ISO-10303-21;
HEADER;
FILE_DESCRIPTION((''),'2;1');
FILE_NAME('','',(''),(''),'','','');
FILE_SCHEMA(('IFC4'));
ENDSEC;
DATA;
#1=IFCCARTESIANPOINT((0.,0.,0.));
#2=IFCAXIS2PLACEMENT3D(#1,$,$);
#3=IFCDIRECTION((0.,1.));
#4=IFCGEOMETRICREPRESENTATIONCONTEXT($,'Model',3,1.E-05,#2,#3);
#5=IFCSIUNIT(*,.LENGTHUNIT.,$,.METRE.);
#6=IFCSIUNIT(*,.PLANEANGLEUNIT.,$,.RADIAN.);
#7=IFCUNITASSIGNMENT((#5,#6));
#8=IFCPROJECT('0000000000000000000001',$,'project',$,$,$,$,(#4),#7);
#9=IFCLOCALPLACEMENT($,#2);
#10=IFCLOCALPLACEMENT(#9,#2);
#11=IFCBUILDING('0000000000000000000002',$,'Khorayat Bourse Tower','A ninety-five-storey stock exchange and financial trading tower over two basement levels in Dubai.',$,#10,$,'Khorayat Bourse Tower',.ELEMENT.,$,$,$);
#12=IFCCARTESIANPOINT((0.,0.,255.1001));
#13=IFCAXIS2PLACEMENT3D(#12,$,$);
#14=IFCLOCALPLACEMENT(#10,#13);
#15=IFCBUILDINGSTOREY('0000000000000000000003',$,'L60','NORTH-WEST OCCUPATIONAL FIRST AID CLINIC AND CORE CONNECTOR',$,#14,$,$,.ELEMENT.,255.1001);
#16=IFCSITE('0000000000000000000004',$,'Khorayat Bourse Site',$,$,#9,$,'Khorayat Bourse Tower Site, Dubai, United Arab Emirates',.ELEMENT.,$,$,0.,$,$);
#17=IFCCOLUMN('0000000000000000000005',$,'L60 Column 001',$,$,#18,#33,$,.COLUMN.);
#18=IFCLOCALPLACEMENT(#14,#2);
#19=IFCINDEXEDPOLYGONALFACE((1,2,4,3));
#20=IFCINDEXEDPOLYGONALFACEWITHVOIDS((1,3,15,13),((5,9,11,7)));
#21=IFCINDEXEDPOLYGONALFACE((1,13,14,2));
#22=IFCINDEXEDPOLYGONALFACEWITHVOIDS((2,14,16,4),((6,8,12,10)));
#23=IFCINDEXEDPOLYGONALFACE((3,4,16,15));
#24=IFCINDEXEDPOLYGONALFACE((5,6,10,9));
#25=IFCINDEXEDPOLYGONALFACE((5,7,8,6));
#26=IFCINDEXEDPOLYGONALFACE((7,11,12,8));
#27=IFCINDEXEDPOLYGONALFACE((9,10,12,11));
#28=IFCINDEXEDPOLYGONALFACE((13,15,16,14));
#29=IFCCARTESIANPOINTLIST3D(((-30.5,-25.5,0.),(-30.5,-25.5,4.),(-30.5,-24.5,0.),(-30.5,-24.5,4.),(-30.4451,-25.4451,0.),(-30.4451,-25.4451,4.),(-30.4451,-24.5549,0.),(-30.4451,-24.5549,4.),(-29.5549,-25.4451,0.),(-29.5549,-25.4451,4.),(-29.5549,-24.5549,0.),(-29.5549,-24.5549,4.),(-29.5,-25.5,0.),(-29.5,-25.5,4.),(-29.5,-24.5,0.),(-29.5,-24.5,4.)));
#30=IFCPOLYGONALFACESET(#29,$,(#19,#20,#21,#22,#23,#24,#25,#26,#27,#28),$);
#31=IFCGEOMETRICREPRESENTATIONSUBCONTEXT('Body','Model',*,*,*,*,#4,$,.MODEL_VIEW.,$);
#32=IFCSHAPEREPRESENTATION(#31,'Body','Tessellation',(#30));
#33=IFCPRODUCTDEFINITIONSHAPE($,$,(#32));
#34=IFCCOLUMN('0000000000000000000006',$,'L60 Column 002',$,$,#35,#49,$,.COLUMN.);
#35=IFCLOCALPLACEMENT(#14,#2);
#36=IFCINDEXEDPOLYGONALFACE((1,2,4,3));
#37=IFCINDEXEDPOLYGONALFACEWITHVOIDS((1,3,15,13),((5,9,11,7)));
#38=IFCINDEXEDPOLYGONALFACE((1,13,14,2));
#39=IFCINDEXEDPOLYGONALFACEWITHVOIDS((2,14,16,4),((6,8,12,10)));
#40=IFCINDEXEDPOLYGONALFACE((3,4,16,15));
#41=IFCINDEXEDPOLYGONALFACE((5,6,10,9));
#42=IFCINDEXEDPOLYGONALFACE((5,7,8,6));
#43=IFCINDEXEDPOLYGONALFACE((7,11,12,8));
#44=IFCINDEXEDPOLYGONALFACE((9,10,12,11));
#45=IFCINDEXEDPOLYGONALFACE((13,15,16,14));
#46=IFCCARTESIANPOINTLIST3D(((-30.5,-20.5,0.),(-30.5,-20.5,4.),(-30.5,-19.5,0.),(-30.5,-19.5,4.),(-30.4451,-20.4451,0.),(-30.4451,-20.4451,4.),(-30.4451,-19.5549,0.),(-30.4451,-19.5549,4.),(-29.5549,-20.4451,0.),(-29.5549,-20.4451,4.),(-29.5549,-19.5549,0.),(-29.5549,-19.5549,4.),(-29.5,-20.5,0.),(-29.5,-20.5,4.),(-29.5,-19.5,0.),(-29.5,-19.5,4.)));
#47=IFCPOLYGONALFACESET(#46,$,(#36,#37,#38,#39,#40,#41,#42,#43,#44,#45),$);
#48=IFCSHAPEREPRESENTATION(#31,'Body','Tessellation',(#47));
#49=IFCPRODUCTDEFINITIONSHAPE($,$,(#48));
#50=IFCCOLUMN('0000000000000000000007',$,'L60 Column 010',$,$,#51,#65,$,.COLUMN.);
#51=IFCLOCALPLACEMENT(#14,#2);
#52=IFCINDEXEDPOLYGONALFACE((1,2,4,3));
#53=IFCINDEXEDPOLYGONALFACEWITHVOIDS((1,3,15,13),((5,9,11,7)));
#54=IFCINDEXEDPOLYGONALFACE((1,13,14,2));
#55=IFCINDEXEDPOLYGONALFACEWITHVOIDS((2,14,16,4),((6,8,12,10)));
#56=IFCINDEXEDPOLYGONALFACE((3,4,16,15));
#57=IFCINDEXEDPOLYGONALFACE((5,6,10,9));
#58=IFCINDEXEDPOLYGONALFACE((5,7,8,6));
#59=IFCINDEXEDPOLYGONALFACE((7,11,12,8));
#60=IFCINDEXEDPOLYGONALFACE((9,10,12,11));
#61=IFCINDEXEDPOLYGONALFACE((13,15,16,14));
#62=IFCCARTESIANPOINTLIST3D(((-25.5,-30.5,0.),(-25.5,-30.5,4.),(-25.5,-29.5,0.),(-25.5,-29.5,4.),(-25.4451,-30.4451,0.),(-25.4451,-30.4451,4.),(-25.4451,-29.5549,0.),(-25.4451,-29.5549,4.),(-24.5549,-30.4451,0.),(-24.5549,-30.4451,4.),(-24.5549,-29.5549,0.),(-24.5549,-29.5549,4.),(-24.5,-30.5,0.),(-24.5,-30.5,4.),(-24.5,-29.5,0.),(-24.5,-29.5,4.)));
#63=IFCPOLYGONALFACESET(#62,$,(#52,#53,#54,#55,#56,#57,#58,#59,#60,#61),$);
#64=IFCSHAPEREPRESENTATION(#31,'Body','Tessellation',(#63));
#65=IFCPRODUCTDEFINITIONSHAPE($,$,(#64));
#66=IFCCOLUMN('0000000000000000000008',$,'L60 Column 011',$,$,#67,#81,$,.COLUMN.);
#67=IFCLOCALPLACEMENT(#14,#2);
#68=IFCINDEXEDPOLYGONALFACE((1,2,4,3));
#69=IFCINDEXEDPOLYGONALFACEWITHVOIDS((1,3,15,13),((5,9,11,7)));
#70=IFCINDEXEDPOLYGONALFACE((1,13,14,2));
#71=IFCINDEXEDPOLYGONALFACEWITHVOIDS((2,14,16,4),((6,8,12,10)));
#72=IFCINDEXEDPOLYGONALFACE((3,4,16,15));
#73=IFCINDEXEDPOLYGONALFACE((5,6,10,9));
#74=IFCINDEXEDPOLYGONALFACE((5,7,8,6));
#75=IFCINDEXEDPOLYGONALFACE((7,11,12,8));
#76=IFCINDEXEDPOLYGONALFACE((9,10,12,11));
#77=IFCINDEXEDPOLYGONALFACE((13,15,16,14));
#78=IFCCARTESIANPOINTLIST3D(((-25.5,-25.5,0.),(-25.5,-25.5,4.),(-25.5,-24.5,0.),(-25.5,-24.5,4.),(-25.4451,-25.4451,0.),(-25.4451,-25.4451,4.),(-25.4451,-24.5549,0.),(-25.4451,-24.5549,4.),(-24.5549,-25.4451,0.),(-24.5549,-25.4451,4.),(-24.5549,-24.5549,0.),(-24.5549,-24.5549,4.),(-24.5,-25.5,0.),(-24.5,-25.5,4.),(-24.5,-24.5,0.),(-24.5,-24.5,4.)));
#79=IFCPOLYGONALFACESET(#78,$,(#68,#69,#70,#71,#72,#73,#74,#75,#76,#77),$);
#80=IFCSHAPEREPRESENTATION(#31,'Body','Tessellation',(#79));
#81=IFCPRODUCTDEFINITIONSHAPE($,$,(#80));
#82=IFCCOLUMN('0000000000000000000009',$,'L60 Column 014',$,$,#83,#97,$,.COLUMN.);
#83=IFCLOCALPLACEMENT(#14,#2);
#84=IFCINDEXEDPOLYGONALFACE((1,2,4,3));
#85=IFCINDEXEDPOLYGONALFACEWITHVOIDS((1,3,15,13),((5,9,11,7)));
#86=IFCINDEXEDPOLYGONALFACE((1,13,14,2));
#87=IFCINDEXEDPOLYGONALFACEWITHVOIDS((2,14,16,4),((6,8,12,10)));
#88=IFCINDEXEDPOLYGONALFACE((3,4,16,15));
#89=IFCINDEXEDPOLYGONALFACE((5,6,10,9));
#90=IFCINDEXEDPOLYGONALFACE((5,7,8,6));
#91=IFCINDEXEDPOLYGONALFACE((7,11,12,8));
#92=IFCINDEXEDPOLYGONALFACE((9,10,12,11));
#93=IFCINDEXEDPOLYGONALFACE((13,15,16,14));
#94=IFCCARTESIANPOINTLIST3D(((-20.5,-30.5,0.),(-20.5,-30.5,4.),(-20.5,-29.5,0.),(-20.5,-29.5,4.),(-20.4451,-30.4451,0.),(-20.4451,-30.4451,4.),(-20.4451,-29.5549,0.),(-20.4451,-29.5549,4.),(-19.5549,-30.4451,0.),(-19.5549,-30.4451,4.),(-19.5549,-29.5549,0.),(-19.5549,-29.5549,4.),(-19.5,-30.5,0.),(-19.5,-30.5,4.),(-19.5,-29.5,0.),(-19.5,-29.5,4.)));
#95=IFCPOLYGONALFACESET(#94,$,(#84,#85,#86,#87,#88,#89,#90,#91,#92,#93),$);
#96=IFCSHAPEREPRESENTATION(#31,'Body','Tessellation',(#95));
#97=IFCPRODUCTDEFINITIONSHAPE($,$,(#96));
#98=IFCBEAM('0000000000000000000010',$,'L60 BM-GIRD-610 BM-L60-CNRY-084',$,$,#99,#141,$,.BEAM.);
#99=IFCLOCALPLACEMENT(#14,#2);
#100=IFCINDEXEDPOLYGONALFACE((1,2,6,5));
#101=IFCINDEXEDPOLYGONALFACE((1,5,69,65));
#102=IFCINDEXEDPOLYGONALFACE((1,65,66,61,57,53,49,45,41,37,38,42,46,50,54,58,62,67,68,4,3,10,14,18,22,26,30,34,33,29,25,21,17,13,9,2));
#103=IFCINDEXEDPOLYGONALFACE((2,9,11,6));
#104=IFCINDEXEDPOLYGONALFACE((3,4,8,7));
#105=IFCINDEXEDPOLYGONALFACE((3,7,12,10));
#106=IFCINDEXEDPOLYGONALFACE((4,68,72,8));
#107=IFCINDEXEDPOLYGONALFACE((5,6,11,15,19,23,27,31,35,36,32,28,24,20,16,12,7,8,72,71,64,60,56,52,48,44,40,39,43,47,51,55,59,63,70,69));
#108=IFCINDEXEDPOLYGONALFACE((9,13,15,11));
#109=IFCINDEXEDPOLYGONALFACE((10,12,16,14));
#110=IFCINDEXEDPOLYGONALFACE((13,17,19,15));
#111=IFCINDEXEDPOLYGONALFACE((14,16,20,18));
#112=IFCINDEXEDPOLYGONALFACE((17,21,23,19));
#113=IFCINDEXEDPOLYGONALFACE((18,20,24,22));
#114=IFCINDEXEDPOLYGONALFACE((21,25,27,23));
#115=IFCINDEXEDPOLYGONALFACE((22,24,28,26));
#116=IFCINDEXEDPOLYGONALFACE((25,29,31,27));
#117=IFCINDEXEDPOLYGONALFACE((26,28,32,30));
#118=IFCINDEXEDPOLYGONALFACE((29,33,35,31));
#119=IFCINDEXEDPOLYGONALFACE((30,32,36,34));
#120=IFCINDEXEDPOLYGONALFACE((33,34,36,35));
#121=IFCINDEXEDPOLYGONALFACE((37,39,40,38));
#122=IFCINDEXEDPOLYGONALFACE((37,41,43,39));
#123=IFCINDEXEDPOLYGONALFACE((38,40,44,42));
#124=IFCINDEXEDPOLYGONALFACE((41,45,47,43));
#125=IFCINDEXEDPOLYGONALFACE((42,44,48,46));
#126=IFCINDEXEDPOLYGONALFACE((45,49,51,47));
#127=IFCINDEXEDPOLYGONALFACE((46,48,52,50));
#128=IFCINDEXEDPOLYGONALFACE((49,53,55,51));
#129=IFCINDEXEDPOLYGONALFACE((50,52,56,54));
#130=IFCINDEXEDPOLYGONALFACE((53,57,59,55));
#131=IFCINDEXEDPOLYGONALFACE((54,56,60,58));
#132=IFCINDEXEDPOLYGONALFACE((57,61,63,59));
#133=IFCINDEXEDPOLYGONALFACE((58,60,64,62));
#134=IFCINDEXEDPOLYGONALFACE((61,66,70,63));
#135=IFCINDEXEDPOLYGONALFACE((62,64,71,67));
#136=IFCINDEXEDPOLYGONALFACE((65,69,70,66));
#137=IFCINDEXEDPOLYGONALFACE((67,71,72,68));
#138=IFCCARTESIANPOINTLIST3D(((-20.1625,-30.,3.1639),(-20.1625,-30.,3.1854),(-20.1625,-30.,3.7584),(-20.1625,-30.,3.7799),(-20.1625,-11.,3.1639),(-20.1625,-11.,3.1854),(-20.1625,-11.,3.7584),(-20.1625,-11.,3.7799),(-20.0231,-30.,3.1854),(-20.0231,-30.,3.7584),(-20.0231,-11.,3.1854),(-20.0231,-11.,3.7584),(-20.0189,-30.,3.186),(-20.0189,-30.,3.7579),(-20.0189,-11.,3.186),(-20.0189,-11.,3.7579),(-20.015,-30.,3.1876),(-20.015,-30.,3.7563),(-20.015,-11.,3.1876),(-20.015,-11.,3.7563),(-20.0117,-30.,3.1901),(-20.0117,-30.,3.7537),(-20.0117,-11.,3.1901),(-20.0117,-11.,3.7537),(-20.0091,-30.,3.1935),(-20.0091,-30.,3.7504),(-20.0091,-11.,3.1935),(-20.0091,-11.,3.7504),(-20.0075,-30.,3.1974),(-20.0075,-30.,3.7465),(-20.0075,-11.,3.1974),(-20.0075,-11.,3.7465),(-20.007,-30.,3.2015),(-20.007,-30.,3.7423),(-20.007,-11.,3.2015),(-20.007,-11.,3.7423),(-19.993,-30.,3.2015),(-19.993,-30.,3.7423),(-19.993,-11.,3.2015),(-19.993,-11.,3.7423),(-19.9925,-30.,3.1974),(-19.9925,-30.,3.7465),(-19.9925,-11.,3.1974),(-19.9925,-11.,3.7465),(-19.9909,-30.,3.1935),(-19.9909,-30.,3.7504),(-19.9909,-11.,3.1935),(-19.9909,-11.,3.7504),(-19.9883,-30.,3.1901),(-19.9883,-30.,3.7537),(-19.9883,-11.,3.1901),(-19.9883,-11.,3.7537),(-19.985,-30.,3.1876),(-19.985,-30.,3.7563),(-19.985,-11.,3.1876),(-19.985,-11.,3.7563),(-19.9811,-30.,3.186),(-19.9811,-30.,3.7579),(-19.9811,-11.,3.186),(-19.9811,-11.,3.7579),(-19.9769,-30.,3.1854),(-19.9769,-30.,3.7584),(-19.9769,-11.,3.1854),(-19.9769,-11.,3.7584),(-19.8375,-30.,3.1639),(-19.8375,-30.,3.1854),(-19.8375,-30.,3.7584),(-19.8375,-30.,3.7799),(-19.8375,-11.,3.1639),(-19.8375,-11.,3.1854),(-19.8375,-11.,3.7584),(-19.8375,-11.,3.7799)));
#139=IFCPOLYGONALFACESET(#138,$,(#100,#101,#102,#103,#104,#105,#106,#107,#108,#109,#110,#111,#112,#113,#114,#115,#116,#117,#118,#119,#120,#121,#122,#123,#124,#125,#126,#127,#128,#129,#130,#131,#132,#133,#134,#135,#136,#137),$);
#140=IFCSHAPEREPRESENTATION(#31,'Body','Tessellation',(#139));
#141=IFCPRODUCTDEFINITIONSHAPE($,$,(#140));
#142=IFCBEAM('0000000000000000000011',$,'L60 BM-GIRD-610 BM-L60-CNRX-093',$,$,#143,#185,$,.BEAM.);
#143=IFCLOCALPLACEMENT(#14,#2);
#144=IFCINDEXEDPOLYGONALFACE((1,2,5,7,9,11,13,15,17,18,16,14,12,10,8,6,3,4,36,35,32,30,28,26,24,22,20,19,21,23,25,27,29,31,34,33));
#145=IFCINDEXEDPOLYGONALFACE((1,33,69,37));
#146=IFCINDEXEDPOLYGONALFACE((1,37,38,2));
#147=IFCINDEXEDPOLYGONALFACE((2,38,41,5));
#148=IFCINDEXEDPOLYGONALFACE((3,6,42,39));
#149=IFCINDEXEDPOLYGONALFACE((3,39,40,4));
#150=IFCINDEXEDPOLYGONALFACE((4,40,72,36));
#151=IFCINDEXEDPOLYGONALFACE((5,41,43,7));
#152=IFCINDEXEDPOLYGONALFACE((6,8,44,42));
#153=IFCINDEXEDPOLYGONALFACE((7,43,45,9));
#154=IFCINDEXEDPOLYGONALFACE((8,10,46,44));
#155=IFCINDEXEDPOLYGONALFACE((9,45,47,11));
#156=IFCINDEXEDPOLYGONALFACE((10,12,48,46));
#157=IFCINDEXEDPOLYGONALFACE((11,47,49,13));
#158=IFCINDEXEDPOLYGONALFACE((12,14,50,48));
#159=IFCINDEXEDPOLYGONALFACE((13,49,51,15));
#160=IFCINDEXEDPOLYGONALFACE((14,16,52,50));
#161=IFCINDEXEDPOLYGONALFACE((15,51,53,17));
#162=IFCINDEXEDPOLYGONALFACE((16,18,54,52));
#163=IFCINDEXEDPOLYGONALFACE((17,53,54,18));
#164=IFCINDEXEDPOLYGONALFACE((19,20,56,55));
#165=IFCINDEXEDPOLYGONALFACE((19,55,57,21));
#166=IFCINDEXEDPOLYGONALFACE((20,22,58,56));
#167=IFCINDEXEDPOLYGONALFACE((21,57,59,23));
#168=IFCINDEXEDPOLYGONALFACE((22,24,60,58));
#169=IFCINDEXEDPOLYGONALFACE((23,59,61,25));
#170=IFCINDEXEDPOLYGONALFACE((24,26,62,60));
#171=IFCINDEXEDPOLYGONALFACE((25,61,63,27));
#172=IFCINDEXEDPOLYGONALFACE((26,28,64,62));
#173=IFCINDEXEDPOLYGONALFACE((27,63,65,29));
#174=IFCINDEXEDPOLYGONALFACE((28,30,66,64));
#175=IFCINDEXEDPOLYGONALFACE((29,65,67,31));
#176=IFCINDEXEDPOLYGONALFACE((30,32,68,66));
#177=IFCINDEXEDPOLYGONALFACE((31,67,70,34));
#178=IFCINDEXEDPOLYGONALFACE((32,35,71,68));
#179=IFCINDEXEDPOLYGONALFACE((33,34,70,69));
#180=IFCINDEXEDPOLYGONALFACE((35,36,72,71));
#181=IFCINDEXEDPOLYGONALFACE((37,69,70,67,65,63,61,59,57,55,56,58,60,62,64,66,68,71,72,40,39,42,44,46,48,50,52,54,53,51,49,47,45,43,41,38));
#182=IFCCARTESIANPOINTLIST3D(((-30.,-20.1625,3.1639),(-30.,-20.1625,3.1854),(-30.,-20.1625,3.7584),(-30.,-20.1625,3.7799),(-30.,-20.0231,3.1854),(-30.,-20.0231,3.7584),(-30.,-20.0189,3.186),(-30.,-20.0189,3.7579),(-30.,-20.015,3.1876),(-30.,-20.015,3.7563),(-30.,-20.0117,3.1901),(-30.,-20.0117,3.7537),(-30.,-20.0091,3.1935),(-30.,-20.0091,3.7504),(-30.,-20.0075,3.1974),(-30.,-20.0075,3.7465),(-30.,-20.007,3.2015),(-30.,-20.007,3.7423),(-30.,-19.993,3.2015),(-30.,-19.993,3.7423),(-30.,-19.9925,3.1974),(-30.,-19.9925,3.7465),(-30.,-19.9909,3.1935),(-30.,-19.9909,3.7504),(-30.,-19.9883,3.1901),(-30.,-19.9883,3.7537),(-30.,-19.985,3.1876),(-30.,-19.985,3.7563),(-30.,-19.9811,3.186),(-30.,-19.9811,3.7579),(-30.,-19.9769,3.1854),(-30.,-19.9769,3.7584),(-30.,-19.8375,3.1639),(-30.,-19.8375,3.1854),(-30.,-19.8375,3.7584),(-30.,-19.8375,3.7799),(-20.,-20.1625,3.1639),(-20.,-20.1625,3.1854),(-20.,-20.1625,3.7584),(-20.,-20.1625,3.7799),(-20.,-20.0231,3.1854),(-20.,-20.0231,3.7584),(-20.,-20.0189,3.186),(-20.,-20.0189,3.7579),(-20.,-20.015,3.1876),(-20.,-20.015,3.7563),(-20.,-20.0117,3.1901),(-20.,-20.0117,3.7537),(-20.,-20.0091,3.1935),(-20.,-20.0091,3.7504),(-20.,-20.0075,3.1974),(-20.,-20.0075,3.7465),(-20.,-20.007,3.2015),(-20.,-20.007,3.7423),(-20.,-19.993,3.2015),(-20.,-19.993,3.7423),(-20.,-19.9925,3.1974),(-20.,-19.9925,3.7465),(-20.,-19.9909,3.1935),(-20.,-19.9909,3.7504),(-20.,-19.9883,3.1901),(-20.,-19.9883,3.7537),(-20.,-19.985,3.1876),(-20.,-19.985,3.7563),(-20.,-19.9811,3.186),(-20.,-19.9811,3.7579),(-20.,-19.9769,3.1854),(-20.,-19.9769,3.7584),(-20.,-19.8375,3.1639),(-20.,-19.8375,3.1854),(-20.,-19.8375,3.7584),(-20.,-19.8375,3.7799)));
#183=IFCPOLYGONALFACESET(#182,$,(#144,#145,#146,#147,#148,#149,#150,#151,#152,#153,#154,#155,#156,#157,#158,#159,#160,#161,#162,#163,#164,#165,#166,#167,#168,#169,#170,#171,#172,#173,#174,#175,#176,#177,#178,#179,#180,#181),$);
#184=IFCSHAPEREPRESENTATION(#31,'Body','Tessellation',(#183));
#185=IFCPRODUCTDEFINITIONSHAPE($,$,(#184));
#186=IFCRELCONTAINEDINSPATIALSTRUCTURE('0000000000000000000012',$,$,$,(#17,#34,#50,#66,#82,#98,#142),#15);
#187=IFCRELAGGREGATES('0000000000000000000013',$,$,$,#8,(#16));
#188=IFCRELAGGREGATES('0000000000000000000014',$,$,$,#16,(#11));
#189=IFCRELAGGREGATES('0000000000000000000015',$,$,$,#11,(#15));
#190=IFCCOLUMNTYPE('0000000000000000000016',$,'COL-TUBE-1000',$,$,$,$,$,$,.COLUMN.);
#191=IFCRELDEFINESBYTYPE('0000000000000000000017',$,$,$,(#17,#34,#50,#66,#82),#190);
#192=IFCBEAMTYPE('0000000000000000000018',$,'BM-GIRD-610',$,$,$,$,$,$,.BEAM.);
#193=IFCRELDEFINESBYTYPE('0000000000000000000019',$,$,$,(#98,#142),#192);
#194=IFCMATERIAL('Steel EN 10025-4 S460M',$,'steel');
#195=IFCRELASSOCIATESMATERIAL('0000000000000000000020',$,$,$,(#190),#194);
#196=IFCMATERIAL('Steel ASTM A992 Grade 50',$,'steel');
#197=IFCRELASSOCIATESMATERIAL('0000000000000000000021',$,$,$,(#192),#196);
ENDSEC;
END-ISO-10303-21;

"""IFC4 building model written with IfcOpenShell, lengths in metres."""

from ifc_helpers import new_model, si_unit, direction, frame, origin, origin_2d, place, context, subcontext, project, spatial, hollow_rectangle, i_section, extrude, source, transform, mapped, material, material_profile, profile_set, type_object, element, save


model = new_model("IFC4")

# Units and contexts
model_context = context("Model", 3, precision=1e-05, world=origin(), true_north=direction((0.0, 1.0)))
body_context = subcontext(model_context, "Body", "Model", "MODEL_VIEW")
ifc_project = project(units=[si_unit("LENGTHUNIT", "METRE"), si_unit("PLANEANGLEUNIT", "RADIAN")], contexts=[model_context])

# Site, building, storey
site_placement = place(None, origin())
site = spatial("IfcSite", under=ifc_project, at=site_placement, Name="Khorayat Bourse Site", LongName="Khorayat Bourse Tower Site, Dubai, United Arab Emirates", CompositionType="ELEMENT", RefElevation=0.0)
building_placement = place(site_placement, origin())
building = spatial("IfcBuilding", under=site, at=building_placement, Name="Khorayat Bourse Tower", Description="A ninety-five-storey stock exchange and financial trading tower over two basement levels in Dubai.", LongName="Khorayat Bourse Tower", CompositionType="ELEMENT")
storey_placement = place(building_placement, frame((0.0, 0.0, 255.1001)))
storey = spatial("IfcBuildingStorey", under=building, at=storey_placement, Name="L60", Description="NORTH-WEST OCCUPATIONAL FIRST AID CLINIC AND CORE CONNECTOR", CompositionType="ELEMENT", Elevation=255.1001)

# Columns
ifc_material_1 = material(Name="Steel EN 10025-4 S460M", Category="steel")
ifc_material_profile_1 = material_profile(ifc_material_1, hollow_rectangle(XDim=1.0, YDim=1.0, WallThickness=0.0549, at=origin_2d()), Name="BOX 1000x1000x55")
ifc_profile_set_1 = profile_set([ifc_material_profile_1], Name="Steel EN 10025-4 S460M")
column_type = type_object("IfcColumnType", Name="COL-TUBE-1000", PredefinedType="COLUMN", material=ifc_profile_set_1)
shared_shape_1 = source(origin(), body_context, "Body", "SweptSolid", [
    extrude(hollow_rectangle(XDim=1.0, YDim=1.0, WallThickness=0.0549, at=origin_2d()), origin(), (0.0, 0.0, 1.0), 4.0),
])
for number, where, z_axis, x_axis, name in (
    (1, (-30.0, -25.0, 0.0), (0.0, 0.0, 1.0), (1.0, 0.0, 0.0), "L60 Column 001"),
    (2, (-30.0, -20.0, 0.0), (0.0, 0.0, 1.0), (1.0, 0.0, 0.0), "L60 Column 002"),
    (3, (-25.0, -30.0, 0.0), (0.0, 0.0, 1.0), (1.0, 0.0, 0.0), "L60 Column 010"),
    (4, (-25.0, -25.0, 0.0), (0.0, 0.0, 1.0), (1.0, 0.0, 0.0), "L60 Column 011"),
    (5, (-20.0, -30.0, 0.0), (0.0, 0.0, 1.0), (1.0, 0.0, 0.0), "L60 Column 014"),
):
    element("IfcColumn", number, at=place(storey_placement, frame(where, z_axis=z_axis, x_axis=x_axis)), inside=storey, type_object=column_type, Name=name, PredefinedType="COLUMN", context=body_context, shape_type="MappedRepresentation", body=[
        mapped(shared_shape_1, transform((0.0, 0.0, 0.0), scale=1.0)),
    ])

# Beams
ifc_material_2 = material(Name="Steel ASTM A992 Grade 50", Category="steel")
ifc_material_profile_2 = material_profile(ifc_material_2, i_section(OverallWidth=0.325, OverallDepth=0.616, WebThickness=0.0139, FlangeThickness=0.0215, FilletRadius=0.0161, at=origin_2d()), Name="W610X174")
ifc_profile_set_2 = profile_set([ifc_material_profile_2], Name="Steel ASTM A992 Grade 50")
beam_type_1 = type_object("IfcBeamType", Name="BM-GIRD-610", PredefinedType="BEAM", material=ifc_profile_set_2)
shared_shape_2 = source(origin(), body_context, "Body", "SweptSolid", [
    extrude(i_section(OverallWidth=0.325, OverallDepth=0.616, WebThickness=0.0139, FlangeThickness=0.0215, FilletRadius=0.0161, at=origin_2d()), origin(), (0.0, 0.0, 1.0), 19.0),
])
beam_1_placement = place(storey_placement, frame((-20.0, -30.0, 3.4719), z_axis=(0.0, 1.0, 0.0), x_axis=(-1.0, 0.0, 0.0)))
element("IfcBeam", 6, at=beam_1_placement, inside=storey, type_object=beam_type_1, Name="L60 BM-GIRD-610 BM-L60-CNRY-084", PredefinedType="BEAM", context=body_context, shape_type="MappedRepresentation", body=[
    mapped(shared_shape_2, transform((0.0, 0.0, 0.0), scale=1.0)),
])
shared_shape_3 = source(origin(), body_context, "Body", "SweptSolid", [
    extrude(i_section(OverallWidth=0.325, OverallDepth=0.616, WebThickness=0.0139, FlangeThickness=0.0215, FilletRadius=0.0161, at=origin_2d()), origin(), (0.0, 0.0, 1.0), 10.0),
])
beam_2_placement = place(storey_placement, frame((-30.0, -20.0, 3.4719), z_axis=(1.0, 0.0, 0.0), x_axis=(0.0, 1.0, 0.0)))
element("IfcBeam", 7, at=beam_2_placement, inside=storey, type_object=beam_type_1, Name="L60 BM-GIRD-610 BM-L60-CNRX-093", PredefinedType="BEAM", context=body_context, shape_type="MappedRepresentation", body=[
    mapped(shared_shape_3, transform((0.0, 0.0, 0.0), scale=1.0)),
])

save(model, "model.ifc")
